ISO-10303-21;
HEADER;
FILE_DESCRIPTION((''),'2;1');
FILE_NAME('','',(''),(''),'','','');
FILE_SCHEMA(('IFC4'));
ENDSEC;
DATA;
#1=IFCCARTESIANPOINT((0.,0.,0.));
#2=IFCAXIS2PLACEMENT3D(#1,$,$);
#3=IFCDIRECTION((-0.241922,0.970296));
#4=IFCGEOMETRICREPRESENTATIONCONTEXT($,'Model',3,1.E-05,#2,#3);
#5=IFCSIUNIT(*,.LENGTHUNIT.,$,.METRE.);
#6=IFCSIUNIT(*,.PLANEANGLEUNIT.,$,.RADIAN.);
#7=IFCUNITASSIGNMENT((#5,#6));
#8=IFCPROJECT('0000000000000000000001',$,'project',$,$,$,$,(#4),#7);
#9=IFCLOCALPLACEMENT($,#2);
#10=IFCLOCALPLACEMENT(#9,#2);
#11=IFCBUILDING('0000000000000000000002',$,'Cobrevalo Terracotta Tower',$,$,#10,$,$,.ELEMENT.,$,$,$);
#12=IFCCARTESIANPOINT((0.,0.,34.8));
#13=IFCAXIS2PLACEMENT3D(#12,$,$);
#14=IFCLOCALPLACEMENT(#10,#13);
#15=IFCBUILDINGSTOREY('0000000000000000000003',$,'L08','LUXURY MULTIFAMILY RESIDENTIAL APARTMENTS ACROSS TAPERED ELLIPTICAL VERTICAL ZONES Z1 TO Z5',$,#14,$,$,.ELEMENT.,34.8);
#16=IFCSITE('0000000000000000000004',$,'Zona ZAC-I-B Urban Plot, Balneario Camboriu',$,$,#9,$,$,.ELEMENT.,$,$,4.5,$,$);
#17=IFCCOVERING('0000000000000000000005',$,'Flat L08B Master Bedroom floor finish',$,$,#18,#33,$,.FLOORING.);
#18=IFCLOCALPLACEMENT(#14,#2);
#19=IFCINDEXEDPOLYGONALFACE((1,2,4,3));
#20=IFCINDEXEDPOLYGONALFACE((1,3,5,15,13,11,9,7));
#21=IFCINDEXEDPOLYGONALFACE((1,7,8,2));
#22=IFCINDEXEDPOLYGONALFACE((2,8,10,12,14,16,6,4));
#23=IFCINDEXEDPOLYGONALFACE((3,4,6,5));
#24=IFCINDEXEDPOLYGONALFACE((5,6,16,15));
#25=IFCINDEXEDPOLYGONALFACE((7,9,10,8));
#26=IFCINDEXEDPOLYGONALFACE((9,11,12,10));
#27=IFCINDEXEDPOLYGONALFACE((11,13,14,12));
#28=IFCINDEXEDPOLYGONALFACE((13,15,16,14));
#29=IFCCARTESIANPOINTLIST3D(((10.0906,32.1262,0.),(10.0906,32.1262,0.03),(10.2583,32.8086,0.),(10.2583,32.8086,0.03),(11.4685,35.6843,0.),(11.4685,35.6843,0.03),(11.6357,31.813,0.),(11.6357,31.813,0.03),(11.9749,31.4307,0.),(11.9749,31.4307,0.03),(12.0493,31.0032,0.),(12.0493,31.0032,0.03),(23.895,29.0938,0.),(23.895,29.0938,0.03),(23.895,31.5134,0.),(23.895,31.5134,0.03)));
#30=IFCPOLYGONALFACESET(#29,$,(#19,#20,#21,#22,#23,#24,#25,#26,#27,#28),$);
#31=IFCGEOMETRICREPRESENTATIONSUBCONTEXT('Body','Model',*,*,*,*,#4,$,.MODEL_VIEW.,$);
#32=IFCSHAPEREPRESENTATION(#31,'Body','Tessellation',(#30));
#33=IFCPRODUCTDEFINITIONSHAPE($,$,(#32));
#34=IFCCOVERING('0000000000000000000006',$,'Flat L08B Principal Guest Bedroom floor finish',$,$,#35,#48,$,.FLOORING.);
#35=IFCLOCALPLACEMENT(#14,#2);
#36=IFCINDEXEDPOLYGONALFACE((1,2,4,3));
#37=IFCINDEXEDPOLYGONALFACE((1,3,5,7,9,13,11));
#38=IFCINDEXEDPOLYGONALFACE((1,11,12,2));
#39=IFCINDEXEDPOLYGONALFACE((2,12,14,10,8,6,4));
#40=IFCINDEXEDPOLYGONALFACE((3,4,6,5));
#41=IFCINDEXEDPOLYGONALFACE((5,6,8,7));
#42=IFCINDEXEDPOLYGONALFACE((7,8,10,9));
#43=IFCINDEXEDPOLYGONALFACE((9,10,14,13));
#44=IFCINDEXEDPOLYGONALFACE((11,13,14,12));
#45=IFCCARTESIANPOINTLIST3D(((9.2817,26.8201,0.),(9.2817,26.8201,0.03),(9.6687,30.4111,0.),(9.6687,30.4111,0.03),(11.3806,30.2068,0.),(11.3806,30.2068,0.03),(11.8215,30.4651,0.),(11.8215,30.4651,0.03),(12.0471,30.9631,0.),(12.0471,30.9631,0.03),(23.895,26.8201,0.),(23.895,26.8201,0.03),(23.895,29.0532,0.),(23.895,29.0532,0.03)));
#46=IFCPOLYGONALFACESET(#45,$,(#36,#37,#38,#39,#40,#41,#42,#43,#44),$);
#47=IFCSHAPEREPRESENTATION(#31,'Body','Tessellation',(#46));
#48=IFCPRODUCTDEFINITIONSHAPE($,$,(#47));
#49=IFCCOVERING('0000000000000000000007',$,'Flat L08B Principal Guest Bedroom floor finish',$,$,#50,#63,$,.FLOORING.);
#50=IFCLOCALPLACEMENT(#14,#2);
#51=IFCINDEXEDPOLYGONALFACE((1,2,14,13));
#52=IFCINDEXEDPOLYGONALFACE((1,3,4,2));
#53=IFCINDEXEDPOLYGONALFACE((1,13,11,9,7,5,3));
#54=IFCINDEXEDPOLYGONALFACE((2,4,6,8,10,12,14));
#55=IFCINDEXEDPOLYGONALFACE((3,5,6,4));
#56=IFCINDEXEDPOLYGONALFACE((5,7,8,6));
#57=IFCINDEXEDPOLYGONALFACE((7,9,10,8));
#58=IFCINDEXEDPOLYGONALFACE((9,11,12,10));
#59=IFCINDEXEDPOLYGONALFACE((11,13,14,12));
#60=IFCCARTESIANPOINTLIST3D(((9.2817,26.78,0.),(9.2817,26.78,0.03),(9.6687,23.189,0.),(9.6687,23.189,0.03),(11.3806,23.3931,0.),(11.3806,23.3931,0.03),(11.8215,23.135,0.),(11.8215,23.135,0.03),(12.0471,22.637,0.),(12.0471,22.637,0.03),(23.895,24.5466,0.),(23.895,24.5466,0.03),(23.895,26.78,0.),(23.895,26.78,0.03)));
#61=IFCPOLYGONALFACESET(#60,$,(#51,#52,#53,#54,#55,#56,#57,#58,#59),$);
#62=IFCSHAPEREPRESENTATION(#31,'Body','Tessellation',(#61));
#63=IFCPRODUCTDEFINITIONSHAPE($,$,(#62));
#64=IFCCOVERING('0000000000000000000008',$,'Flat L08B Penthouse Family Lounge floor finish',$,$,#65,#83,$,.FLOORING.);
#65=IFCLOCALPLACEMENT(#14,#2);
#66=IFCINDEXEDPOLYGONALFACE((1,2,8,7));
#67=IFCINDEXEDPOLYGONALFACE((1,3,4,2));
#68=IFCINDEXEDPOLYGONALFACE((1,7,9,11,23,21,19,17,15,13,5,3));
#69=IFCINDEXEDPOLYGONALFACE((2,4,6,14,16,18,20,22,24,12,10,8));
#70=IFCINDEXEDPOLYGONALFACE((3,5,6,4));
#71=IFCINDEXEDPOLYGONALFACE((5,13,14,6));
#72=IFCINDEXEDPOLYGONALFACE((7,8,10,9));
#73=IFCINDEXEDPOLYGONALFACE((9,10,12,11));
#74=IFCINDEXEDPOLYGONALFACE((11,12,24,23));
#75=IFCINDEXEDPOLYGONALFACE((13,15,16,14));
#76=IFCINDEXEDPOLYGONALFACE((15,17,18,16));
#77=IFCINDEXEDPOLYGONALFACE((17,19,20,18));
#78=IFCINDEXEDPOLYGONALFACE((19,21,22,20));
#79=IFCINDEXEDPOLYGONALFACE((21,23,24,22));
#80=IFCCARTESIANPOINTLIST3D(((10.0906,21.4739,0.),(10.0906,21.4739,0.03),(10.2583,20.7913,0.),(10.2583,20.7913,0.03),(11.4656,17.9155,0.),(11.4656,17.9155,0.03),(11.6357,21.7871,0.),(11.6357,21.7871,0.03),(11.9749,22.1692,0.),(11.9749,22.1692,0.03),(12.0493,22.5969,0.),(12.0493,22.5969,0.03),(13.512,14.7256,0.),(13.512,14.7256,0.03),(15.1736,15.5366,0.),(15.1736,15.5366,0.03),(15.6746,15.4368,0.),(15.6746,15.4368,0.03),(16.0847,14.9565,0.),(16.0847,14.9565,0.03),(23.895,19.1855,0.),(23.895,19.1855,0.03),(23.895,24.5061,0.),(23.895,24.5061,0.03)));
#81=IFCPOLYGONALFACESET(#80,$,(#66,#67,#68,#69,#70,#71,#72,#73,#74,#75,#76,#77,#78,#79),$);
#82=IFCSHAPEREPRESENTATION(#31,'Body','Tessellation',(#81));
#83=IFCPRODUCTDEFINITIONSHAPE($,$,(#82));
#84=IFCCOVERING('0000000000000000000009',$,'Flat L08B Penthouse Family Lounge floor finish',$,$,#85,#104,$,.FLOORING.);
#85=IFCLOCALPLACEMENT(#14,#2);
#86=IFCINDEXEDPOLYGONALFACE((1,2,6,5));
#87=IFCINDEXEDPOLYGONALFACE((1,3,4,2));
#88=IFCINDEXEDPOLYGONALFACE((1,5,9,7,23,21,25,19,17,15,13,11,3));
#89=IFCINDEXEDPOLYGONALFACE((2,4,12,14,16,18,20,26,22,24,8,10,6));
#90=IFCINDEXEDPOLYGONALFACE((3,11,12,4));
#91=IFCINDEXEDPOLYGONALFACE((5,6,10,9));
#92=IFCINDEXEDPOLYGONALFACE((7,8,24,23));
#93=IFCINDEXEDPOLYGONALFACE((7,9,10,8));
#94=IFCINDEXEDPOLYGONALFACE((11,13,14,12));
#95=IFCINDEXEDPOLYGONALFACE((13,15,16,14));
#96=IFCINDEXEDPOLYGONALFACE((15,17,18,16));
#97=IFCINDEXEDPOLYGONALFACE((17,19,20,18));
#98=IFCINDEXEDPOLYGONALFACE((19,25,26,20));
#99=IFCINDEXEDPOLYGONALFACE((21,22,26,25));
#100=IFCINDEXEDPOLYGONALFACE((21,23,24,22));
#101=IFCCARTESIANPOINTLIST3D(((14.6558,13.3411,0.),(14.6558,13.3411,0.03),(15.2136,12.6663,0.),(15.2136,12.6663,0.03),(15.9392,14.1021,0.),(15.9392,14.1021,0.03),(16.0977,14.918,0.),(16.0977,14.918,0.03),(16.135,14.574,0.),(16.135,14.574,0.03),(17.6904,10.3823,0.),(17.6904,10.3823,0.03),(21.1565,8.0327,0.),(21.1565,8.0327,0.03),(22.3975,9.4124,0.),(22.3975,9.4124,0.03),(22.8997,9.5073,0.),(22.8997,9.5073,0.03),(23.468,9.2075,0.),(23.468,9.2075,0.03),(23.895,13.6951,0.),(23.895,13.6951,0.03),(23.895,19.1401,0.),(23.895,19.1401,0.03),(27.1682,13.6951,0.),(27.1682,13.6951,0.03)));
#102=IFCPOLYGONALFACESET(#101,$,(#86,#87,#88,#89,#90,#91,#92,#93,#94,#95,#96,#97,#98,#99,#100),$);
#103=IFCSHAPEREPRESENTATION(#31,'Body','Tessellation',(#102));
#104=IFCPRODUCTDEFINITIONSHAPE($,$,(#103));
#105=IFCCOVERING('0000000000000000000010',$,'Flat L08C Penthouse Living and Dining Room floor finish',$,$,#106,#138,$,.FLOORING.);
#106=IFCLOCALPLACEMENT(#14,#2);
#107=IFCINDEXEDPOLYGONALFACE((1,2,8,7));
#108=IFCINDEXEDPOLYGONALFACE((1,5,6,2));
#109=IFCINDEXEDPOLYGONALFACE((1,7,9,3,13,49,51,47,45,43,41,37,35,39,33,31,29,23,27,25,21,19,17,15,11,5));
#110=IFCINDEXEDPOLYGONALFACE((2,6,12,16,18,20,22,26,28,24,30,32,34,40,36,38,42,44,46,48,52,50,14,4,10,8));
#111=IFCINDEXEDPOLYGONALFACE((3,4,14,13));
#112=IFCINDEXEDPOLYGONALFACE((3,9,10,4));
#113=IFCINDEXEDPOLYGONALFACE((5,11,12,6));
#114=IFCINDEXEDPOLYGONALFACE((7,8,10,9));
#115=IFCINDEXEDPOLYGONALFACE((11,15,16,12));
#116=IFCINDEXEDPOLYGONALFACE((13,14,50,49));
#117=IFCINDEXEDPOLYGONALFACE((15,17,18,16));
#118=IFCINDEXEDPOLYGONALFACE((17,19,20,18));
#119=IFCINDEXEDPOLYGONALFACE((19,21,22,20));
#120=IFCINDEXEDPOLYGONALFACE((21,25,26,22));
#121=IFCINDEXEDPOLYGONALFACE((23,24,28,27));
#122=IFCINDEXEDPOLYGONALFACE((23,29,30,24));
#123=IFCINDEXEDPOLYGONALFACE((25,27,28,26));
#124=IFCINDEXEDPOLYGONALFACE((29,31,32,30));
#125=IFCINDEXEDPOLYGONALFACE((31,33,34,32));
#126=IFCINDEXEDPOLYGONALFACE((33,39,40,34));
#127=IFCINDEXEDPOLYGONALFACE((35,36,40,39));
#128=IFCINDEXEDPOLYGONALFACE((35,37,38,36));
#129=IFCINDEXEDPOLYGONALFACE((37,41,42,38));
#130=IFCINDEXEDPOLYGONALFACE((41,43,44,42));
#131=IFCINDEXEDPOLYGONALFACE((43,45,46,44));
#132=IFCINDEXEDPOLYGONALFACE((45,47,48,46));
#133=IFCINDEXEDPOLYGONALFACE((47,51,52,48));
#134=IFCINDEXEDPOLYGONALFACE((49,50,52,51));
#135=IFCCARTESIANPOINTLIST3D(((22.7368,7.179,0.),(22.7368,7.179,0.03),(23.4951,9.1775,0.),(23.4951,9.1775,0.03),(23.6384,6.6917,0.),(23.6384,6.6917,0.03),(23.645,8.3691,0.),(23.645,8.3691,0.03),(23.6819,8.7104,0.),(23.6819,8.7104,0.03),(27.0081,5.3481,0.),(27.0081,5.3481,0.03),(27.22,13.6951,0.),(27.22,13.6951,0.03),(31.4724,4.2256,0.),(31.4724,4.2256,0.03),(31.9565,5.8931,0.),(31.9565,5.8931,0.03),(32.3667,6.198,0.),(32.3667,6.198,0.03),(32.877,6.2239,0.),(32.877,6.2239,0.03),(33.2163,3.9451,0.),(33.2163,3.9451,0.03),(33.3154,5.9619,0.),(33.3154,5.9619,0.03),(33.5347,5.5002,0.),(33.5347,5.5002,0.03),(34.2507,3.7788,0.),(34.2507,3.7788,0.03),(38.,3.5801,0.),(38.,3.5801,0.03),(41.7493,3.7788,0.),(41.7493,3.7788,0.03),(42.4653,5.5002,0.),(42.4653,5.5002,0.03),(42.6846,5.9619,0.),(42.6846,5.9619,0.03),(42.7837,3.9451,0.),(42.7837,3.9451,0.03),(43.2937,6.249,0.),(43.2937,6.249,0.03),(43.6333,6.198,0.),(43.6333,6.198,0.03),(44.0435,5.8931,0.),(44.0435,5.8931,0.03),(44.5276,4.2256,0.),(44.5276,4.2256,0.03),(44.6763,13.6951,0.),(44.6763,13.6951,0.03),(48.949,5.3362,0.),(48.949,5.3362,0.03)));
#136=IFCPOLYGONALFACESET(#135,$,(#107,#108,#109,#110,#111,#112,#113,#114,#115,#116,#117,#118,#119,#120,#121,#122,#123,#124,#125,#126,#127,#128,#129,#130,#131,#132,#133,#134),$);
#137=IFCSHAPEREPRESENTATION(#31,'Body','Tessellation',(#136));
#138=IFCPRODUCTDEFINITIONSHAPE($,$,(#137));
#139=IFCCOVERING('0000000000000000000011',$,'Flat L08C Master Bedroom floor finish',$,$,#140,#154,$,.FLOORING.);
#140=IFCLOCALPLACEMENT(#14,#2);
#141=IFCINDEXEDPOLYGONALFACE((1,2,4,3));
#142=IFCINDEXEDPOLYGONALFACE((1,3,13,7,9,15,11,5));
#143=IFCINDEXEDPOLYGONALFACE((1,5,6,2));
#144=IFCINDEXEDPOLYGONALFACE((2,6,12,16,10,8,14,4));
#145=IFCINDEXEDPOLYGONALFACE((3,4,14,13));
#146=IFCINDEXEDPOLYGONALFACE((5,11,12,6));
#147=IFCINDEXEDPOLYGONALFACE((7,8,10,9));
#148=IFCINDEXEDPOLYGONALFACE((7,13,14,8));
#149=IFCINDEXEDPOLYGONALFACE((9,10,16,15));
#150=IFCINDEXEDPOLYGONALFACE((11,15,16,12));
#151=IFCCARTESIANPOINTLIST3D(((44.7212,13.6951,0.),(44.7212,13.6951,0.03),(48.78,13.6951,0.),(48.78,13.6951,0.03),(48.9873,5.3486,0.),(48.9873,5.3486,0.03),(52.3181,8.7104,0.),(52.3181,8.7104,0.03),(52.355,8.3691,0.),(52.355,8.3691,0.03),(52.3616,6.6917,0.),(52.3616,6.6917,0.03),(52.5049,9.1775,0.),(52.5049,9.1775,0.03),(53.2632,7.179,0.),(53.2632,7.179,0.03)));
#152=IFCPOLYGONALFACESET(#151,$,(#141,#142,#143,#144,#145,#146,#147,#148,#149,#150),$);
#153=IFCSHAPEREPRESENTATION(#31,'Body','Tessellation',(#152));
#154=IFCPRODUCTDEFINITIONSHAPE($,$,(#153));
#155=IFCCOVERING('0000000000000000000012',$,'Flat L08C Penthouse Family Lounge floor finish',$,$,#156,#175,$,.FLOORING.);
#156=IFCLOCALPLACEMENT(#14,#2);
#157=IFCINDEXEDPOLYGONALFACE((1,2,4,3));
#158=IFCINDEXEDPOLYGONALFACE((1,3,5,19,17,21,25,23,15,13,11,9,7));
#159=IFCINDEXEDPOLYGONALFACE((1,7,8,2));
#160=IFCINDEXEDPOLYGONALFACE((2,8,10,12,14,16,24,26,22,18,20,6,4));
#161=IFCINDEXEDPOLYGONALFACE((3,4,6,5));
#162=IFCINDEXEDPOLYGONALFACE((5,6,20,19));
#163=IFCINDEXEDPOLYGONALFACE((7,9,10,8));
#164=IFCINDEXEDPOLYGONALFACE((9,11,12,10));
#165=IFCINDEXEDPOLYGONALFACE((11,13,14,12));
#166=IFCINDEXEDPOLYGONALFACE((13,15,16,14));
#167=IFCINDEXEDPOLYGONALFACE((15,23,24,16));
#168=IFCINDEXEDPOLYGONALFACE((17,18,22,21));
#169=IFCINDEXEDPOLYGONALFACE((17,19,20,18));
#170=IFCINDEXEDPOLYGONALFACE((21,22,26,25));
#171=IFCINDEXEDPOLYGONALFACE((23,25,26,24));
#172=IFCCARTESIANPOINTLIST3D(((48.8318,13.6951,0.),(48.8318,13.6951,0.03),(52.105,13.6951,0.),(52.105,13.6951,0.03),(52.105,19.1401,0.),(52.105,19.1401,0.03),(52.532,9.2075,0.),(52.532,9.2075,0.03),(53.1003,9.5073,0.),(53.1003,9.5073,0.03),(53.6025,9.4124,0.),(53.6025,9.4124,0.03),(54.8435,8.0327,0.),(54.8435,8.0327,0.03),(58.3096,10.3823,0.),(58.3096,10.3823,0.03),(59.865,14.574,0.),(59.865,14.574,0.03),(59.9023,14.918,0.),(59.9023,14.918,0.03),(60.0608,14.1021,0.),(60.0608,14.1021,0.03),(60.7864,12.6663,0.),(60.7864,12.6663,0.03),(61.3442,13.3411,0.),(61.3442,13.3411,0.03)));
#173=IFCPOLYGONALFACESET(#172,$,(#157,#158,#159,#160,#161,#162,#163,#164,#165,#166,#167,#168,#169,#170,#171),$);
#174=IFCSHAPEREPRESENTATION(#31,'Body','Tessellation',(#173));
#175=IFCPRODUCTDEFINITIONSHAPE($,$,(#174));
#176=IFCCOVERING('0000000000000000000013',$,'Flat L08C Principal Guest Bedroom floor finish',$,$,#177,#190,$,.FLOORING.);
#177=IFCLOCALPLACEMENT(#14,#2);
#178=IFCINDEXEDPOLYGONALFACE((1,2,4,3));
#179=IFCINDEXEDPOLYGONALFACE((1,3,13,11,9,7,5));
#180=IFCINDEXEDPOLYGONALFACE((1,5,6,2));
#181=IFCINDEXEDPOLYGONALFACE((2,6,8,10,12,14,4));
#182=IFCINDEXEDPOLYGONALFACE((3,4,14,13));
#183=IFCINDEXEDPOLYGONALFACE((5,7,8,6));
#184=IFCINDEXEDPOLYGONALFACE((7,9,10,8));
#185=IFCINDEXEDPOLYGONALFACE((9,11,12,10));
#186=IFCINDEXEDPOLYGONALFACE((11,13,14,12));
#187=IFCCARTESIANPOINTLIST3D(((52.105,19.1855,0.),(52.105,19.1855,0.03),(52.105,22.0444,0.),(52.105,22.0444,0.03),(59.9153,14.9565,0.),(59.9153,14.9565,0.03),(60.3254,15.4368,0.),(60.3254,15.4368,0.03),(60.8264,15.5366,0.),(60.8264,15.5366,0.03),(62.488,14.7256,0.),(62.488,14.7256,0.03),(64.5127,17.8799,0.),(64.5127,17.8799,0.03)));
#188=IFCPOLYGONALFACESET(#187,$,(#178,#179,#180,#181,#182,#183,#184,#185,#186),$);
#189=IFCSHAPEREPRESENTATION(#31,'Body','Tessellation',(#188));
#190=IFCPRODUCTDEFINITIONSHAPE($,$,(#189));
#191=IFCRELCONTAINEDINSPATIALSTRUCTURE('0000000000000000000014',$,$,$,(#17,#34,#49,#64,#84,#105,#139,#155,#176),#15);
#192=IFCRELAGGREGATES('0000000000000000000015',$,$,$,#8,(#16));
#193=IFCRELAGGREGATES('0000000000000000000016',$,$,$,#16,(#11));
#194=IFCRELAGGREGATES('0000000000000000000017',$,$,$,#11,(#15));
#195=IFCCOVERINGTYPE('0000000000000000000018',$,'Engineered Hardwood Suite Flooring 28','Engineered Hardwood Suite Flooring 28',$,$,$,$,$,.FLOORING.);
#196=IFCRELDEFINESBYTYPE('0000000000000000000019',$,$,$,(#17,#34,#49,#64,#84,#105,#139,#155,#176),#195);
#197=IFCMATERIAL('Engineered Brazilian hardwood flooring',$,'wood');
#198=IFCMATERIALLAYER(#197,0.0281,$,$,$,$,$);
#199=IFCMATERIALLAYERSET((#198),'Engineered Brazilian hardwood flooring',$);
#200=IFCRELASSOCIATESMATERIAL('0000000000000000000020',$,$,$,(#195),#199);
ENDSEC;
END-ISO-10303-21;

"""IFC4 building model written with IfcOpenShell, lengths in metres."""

from ifc_helpers import new_model, si_unit, direction, frame, origin, place, context, subcontext, project, spatial, polyline, outline, extrude, material, layer, layer_set, type_object, element, save


model = new_model("IFC4")

# Units and contexts
model_context = context("Model", 3, precision=1e-05, world=origin(), true_north=direction((-0.241922, 0.970296)))
body_context = subcontext(model_context, "Body", "Model", "MODEL_VIEW")
ifc_project = project(units=[si_unit("LENGTHUNIT", "METRE"), si_unit("PLANEANGLEUNIT", "RADIAN")], contexts=[model_context])

# Site, building, storey
site_placement = place(None, origin())
site = spatial("IfcSite", under=ifc_project, at=site_placement, Name="Zona ZAC-I-B Urban Plot, Balneario Camboriu", CompositionType="ELEMENT", RefElevation=4.5)
building_placement = place(site_placement, origin())
building = spatial("IfcBuilding", under=site, at=building_placement, Name="Cobrevalo Terracotta Tower", CompositionType="ELEMENT")
storey_placement = place(building_placement, frame((0.0, 0.0, 34.8)))
storey = spatial("IfcBuildingStorey", under=building, at=storey_placement, Name="L08", Description="LUXURY MULTIFAMILY RESIDENTIAL APARTMENTS ACROSS TAPERED ELLIPTICAL VERTICAL ZONES Z1 TO Z5", CompositionType="ELEMENT", Elevation=34.8)

# Coverings
ifc_material_1 = material(Name="Engineered Brazilian hardwood flooring", Category="wood")
ifc_layer_1 = layer(ifc_material_1, 0.0281)
ifc_layer_set_1 = layer_set([ifc_layer_1], Name="Engineered Brazilian hardwood flooring")
covering_type_1 = type_object("IfcCoveringType", Name="Engineered Hardwood Suite Flooring 28", Description="Engineered Hardwood Suite Flooring 28", PredefinedType="FLOORING", material=ifc_layer_set_1)
covering_1_placement = place(storey_placement, origin())
element("IfcCovering", 1, at=covering_1_placement, inside=storey, type_object=covering_type_1, Name="Flat L08B Master Bedroom floor finish", PredefinedType="FLOORING", context=body_context, shape_type="SweptSolid", body=[
    extrude(outline(polyline([(11.4685, 35.6843), (23.895, 31.5134), (23.895, 29.0938), (12.0493, 31.0032), (11.9749, 31.4307), (11.6357, 31.813), (10.0906, 32.1262), (10.2583, 32.8086), (11.4685, 35.6843)])), origin(), (0.0, 0.0, 1.0), 0.03),
])
covering_2_placement = place(storey_placement, origin())
element("IfcCovering", 2, at=covering_2_placement, inside=storey, type_object=covering_type_1, Name="Flat L08B Principal Guest Bedroom floor finish", PredefinedType="FLOORING", context=body_context, shape_type="SweptSolid", body=[
    extrude(outline(polyline([(9.6687, 30.4111), (11.3806, 30.2068), (11.8215, 30.4651), (12.0471, 30.9631), (23.895, 29.0532), (23.895, 26.8201), (9.2817, 26.8201), (9.6687, 30.4111)])), origin(), (0.0, 0.0, 1.0), 0.03),
])
covering_3_placement = place(storey_placement, origin())
element("IfcCovering", 3, at=covering_3_placement, inside=storey, type_object=covering_type_1, Name="Flat L08B Principal Guest Bedroom floor finish", PredefinedType="FLOORING", context=body_context, shape_type="SweptSolid", body=[
    extrude(outline(polyline([(9.2817, 26.78), (23.895, 26.78), (23.895, 24.5466), (12.0471, 22.637), (11.8215, 23.135), (11.3806, 23.3931), (9.6687, 23.189), (9.2817, 26.78)])), origin(), (0.0, 0.0, 1.0), 0.03),
])
covering_4_placement = place(storey_placement, origin())
element("IfcCovering", 4, at=covering_4_placement, inside=storey, type_object=covering_type_1, Name="Flat L08B Penthouse Family Lounge floor finish", PredefinedType="FLOORING", context=body_context, shape_type="SweptSolid", body=[
    extrude(outline(polyline([(11.4656, 17.9155), (10.2583, 20.7913), (10.0906, 21.4739), (11.6357, 21.7871), (11.9749, 22.1692), (12.0493, 22.5969), (23.895, 24.5061), (23.895, 19.1855), (16.0847, 14.9565), (15.6746, 15.4368), (15.1736, 15.5366), (13.512, 14.7256), (11.4656, 17.9155)])), origin(), (0.0, 0.0, 1.0), 0.03),
])
covering_5_placement = place(storey_placement, origin())
element("IfcCovering", 5, at=covering_5_placement, inside=storey, type_object=covering_type_1, Name="Flat L08B Penthouse Family Lounge floor finish", PredefinedType="FLOORING", context=body_context, shape_type="SweptSolid", body=[
    extrude(outline(polyline([(14.6558, 13.3411), (15.9392, 14.1021), (16.135, 14.574), (16.0977, 14.918), (23.895, 19.1401), (23.895, 13.6951), (27.1682, 13.6951), (23.468, 9.2075), (22.8997, 9.5073), (22.3975, 9.4124), (21.1565, 8.0327), (17.6904, 10.3823), (15.2136, 12.6663), (14.6558, 13.3411)])), origin(), (0.0, 0.0, 1.0), 0.03),
])
covering_6_placement = place(storey_placement, origin())
element("IfcCovering", 6, at=covering_6_placement, inside=storey, type_object=covering_type_1, Name="Flat L08C Penthouse Living and Dining Room floor finish", PredefinedType="FLOORING", context=body_context, shape_type="SweptSolid", body=[
    extrude(outline(polyline([(23.4951, 9.1775), (27.22, 13.6951), (44.6763, 13.6951), (48.949, 5.3362), (44.5276, 4.2256), (44.0435, 5.8931), (43.6333, 6.198), (43.2937, 6.249), (42.6846, 5.9619), (42.4653, 5.5002), (42.7837, 3.9451), (41.7493, 3.7788), (38.0, 3.5801), (34.2507, 3.7788), (33.2163, 3.9451), (33.5347, 5.5002), (33.3154, 5.9619), (32.877, 6.2239), (32.3667, 6.198), (31.9565, 5.8931), (31.4724, 4.2256), (27.0081, 5.3481), (23.6384, 6.6917), (22.7368, 7.179), (23.645, 8.3691), (23.6819, 8.7104), (23.4951, 9.1775)])), origin(), (0.0, 0.0, 1.0), 0.03),
])
covering_7_placement = place(storey_placement, origin())
element("IfcCovering", 7, at=covering_7_placement, inside=storey, type_object=covering_type_1, Name="Flat L08C Master Bedroom floor finish", PredefinedType="FLOORING", context=body_context, shape_type="SweptSolid", body=[
    extrude(outline(polyline([(48.9873, 5.3486), (44.7212, 13.6951), (48.78, 13.6951), (52.5049, 9.1775), (52.3181, 8.7104), (52.355, 8.3691), (53.2632, 7.179), (52.3616, 6.6917), (48.9873, 5.3486)])), origin(), (0.0, 0.0, 1.0), 0.03),
])
covering_8_placement = place(storey_placement, origin())
element("IfcCovering", 8, at=covering_8_placement, inside=storey, type_object=covering_type_1, Name="Flat L08C Penthouse Family Lounge floor finish", PredefinedType="FLOORING", context=body_context, shape_type="SweptSolid", body=[
    extrude(outline(polyline([(58.3096, 10.3823), (54.8435, 8.0327), (53.6025, 9.4124), (53.1003, 9.5073), (52.532, 9.2075), (48.8318, 13.6951), (52.105, 13.6951), (52.105, 19.1401), (59.9023, 14.918), (59.865, 14.574), (60.0608, 14.1021), (61.3442, 13.3411), (60.7864, 12.6663), (58.3096, 10.3823)])), origin(), (0.0, 0.0, 1.0), 0.03),
])
covering_9_placement = place(storey_placement, origin())
element("IfcCovering", 9, at=covering_9_placement, inside=storey, type_object=covering_type_1, Name="Flat L08C Principal Guest Bedroom floor finish", PredefinedType="FLOORING", context=body_context, shape_type="SweptSolid", body=[
    extrude(outline(polyline([(62.488, 14.7256), (60.8264, 15.5366), (60.3254, 15.4368), (59.9153, 14.9565), (52.105, 19.1855), (52.105, 22.0444), (64.5127, 17.8799), (62.488, 14.7256)])), origin(), (0.0, 0.0, 1.0), 0.03),
])

save(model, "model.ifc")
